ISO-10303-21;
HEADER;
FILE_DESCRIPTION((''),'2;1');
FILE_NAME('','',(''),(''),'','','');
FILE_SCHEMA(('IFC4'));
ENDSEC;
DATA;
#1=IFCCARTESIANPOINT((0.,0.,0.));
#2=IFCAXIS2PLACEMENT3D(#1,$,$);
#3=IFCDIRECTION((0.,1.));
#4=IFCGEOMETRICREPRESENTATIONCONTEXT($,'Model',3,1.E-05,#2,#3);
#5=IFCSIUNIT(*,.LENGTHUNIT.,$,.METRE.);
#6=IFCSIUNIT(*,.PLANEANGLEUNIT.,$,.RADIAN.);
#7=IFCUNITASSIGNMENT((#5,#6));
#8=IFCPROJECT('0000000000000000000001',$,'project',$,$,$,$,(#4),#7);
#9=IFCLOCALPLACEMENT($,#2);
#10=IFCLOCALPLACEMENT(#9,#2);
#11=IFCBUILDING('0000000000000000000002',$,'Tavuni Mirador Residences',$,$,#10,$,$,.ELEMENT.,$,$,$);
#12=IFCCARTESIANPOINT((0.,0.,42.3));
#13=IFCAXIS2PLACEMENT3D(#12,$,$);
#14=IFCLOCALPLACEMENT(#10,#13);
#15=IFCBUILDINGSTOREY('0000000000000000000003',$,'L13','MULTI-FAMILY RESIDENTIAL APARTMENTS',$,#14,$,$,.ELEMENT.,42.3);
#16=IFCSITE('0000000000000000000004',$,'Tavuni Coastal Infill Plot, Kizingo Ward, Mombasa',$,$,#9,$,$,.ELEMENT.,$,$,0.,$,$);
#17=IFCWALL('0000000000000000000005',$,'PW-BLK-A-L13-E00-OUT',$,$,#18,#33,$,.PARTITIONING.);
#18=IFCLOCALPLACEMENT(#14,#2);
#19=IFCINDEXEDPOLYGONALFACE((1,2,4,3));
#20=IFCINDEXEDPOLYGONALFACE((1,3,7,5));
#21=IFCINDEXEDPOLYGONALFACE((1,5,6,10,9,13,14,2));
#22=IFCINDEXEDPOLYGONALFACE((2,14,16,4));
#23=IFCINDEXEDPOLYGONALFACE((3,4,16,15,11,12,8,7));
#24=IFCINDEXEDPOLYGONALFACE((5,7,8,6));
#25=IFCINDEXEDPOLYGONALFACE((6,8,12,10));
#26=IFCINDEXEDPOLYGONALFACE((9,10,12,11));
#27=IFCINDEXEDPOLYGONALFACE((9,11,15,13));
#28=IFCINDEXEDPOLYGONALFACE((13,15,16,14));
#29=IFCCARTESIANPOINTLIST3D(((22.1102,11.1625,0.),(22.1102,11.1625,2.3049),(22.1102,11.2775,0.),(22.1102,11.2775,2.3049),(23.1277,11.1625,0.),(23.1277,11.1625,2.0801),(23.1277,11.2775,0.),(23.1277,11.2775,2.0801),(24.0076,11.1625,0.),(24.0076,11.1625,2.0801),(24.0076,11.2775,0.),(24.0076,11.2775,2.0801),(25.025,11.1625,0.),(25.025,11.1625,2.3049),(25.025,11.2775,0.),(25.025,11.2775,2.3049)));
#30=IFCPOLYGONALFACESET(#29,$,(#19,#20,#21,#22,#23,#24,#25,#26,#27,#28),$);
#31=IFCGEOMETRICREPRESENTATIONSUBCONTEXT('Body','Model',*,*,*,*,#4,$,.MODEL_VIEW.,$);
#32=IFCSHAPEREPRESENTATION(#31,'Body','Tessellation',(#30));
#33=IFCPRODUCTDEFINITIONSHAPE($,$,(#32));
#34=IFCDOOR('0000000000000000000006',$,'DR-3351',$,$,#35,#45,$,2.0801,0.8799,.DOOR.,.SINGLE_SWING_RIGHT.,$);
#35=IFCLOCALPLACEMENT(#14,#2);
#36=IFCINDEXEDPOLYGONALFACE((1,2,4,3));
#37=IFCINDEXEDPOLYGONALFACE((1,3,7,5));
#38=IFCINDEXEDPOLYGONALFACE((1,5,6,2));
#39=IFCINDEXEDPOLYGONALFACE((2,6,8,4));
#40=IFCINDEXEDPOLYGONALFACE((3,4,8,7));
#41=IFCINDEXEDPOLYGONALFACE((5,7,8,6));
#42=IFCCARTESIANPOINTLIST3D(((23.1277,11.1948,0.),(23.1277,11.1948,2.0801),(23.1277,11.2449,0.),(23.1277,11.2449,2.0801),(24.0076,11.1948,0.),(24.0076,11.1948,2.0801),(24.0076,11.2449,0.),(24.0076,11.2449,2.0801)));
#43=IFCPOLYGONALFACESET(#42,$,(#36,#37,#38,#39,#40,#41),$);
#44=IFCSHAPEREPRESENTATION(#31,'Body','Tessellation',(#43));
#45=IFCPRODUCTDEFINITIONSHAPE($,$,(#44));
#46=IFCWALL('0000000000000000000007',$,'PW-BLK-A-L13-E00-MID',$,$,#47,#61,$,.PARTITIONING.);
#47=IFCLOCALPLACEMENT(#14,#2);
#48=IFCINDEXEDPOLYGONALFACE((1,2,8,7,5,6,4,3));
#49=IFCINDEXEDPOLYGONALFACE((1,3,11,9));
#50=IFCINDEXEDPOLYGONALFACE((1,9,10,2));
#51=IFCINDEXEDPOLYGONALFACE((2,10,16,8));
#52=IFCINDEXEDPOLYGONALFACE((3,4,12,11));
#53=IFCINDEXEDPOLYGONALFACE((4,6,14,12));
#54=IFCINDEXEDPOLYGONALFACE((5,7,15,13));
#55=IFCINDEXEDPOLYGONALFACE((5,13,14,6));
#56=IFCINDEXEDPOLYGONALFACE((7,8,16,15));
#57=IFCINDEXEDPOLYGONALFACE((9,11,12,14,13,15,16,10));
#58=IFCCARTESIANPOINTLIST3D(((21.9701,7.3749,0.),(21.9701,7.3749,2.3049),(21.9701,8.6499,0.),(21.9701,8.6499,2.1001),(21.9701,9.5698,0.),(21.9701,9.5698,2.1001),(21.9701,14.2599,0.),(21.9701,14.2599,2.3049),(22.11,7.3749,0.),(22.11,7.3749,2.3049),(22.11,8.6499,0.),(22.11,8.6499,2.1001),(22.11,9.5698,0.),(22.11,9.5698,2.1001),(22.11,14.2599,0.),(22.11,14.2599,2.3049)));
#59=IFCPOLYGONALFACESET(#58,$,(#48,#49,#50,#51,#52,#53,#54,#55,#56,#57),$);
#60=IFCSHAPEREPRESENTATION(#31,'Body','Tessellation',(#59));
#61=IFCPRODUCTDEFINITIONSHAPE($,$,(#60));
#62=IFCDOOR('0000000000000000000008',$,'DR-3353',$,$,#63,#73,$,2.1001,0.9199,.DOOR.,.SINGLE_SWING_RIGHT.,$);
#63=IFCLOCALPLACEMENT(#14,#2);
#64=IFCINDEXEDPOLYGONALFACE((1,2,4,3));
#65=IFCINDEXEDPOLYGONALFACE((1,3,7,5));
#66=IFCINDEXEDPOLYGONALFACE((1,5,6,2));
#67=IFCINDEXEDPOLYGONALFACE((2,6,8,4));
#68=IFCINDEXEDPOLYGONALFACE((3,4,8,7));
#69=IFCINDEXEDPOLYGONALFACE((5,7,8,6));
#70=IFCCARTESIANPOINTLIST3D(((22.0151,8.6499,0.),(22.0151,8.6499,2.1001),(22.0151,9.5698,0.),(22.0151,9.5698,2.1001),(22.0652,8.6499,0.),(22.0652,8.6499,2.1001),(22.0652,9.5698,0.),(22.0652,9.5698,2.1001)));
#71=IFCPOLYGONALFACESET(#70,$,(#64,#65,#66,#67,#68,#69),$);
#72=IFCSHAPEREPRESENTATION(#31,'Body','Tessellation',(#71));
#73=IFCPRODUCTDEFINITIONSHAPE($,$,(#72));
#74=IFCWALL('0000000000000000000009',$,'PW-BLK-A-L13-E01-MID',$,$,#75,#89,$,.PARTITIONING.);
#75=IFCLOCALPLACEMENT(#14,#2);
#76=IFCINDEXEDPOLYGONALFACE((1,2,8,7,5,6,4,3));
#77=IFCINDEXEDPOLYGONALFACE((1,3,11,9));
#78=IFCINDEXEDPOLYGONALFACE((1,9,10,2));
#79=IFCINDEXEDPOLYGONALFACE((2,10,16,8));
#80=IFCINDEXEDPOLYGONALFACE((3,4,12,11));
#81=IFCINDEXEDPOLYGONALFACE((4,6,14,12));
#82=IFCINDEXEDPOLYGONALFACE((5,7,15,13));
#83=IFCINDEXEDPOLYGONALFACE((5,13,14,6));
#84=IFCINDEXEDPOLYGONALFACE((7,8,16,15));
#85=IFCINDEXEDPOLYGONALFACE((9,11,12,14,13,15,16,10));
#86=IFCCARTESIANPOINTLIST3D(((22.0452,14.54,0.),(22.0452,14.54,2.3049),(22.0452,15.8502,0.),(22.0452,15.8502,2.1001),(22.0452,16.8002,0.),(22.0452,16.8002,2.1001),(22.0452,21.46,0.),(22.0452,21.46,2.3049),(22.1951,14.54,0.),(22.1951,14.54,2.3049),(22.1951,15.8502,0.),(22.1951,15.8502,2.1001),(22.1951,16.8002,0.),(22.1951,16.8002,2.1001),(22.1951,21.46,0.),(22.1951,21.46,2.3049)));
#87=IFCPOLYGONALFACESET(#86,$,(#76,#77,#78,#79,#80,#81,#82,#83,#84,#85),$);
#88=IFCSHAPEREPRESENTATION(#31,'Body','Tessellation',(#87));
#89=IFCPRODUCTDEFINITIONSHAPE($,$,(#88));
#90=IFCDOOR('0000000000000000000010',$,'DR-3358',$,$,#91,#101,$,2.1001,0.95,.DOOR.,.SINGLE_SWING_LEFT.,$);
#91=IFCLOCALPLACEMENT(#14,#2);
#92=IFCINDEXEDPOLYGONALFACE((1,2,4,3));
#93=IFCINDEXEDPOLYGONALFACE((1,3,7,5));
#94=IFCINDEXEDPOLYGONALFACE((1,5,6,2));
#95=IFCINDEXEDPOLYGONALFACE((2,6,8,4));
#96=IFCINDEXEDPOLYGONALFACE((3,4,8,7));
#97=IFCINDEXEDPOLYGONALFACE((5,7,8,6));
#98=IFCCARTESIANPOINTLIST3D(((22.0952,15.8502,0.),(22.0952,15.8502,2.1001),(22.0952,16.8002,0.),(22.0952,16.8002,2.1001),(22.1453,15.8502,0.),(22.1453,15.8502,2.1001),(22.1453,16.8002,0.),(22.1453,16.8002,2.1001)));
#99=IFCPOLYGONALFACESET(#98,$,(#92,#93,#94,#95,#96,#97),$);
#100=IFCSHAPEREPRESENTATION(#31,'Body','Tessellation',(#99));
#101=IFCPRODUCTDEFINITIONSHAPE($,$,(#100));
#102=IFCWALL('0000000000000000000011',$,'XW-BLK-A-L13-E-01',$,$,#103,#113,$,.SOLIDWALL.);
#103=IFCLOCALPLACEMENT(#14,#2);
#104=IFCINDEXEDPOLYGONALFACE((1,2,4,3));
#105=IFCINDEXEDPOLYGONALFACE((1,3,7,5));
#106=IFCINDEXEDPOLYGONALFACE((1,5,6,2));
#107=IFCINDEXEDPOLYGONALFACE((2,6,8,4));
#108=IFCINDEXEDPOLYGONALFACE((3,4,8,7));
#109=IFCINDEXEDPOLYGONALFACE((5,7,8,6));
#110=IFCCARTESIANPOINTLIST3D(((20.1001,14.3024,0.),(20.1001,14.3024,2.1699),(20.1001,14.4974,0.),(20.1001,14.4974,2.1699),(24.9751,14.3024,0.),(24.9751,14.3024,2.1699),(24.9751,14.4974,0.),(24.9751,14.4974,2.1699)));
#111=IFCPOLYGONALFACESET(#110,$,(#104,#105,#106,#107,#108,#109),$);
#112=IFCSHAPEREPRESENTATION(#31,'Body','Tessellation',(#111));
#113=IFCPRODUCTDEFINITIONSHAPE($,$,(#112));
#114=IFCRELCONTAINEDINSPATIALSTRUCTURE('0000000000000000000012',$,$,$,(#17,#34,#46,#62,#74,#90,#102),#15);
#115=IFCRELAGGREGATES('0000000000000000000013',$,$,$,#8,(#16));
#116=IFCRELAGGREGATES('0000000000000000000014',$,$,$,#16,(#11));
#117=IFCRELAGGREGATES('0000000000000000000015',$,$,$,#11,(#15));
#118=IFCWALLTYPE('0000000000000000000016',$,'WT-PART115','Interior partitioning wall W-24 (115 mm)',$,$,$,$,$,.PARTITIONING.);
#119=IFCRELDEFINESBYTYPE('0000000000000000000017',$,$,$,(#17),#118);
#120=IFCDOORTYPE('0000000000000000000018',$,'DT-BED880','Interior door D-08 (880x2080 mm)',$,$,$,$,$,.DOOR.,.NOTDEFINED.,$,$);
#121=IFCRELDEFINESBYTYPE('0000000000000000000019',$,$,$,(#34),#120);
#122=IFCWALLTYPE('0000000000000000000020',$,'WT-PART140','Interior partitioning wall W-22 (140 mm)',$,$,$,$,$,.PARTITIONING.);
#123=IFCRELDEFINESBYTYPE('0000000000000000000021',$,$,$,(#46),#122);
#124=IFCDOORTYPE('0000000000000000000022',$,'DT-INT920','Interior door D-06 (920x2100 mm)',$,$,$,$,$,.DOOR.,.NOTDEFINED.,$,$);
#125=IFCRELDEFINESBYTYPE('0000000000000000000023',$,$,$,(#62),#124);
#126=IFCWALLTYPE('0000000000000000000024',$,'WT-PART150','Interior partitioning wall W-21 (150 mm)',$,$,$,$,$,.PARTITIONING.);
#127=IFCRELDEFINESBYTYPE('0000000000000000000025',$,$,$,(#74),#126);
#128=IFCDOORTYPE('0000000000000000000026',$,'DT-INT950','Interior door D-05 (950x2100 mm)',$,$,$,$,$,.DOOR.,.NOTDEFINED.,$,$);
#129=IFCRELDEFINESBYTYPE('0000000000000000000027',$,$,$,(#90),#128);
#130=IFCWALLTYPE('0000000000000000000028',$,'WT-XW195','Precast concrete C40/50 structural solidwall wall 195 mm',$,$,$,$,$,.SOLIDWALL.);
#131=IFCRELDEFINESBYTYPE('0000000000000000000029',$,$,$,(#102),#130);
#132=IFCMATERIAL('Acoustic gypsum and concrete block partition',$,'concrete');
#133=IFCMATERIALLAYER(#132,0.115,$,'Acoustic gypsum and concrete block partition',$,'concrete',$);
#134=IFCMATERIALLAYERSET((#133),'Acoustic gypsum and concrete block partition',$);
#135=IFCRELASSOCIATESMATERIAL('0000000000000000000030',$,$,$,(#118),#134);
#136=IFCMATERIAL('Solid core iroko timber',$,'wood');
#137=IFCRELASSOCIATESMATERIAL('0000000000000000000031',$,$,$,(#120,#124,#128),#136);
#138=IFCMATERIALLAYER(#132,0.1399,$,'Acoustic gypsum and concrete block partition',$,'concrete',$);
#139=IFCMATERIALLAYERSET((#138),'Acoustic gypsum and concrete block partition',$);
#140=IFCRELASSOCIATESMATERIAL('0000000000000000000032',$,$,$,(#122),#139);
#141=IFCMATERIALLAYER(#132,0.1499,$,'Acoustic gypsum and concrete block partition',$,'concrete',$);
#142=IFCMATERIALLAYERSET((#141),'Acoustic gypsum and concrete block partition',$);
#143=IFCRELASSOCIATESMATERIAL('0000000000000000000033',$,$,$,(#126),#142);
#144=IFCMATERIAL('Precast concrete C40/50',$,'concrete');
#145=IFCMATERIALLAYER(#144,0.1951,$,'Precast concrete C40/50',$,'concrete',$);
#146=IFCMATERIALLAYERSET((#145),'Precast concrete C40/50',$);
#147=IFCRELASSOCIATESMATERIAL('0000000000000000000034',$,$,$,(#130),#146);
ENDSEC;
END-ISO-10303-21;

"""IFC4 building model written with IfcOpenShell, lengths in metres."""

from ifc_helpers import new_model, si_unit, direction, frame, frame_2d, origin, place, context, subcontext, project, spatial, rectangle, extrude, material, layer, layer_set, type_object, element, fill, save


model = new_model("IFC4")

# Units and contexts
model_context = context("Model", 3, precision=1e-05, world=origin(), true_north=direction((0.0, 1.0)))
body_context = subcontext(model_context, "Body", "Model", "MODEL_VIEW")
ifc_project = project(units=[si_unit("LENGTHUNIT", "METRE"), si_unit("PLANEANGLEUNIT", "RADIAN")], contexts=[model_context])

# Site, building, storey
site_placement = place(None, origin())
site = spatial("IfcSite", under=ifc_project, at=site_placement, Name="Tavuni Coastal Infill Plot, Kizingo Ward, Mombasa", CompositionType="ELEMENT", RefElevation=0.0)
building_placement = place(site_placement, origin())
building = spatial("IfcBuilding", under=site, at=building_placement, Name="Tavuni Mirador Residences", CompositionType="ELEMENT")
storey_placement = place(building_placement, frame((0.0, 0.0, 42.3)))
storey = spatial("IfcBuildingStorey", under=building, at=storey_placement, Name="L13", Description="MULTI-FAMILY RESIDENTIAL APARTMENTS", CompositionType="ELEMENT", Elevation=42.3)

# Shared definitions
ifc_material_1 = material(Name="Precast concrete C40/50", Category="concrete")

# Shared definitions
ifc_material_2 = material(Name="Solid core iroko timber", Category="wood")

# Walls, openings, doors
ifc_material_3 = material(Name="Acoustic gypsum and concrete block partition", Category="concrete")
ifc_layer_1 = layer(ifc_material_3, 0.115, Name="Acoustic gypsum and concrete block partition", Category="concrete")
ifc_layer_set_1 = layer_set([ifc_layer_1], Name="Acoustic gypsum and concrete block partition")
wall_type_1 = type_object("IfcWallType", Name="WT-PART115", Description="Interior partitioning wall W-24 (115 mm)", PredefinedType="PARTITIONING", material=ifc_layer_set_1)
wall_1_placement = place(storey_placement, frame((22.1101, 11.22, 0.0), z_axis=(0.0, 0.0, 1.0), x_axis=(1.0, 0.0, 0.0)))
wall_1 = element("IfcWall", 1, at=wall_1_placement, inside=storey, type_object=wall_type_1, Name="PW-BLK-A-L13-E00-OUT", PredefinedType="PARTITIONING", context=body_context, shape_type="SweptSolid", body=[
    extrude(rectangle(XDim=2.9148, YDim=0.115, at=frame_2d((1.4575, 0.0))), origin(), (0.0, 0.0, 1.0), 2.3049),
])
opening_1_placement = place(wall_1_placement, frame((1.0176, 0.0, 0.0)))
opening_1 = element("IfcOpeningElement", 2, at=opening_1_placement, cuts=wall_1, PredefinedType="OPENING", context=body_context, shape_type="SweptSolid", body=[
    extrude(rectangle(XDim=0.8799, YDim=2.0801, at=frame_2d((0.4399, 1.04))), frame((0.0, 0.0674, 0.0), z_axis=(0.0, -1.0, 0.0), x_axis=(1.0, 0.0, 0.0)), (0.0, 0.0, 1.0), 0.135),
])
door_type_1 = type_object("IfcDoorType", Name="DT-BED880", Description="Interior door D-08 (880x2080 mm)", OperationType="NOTDEFINED", PredefinedType="DOOR", material=ifc_material_2)
door_1_placement = place(opening_1_placement, origin())
door_1 = element("IfcDoor", 3, at=door_1_placement, inside=storey, type_object=door_type_1, Name="DR-3351", OperationType="SINGLE_SWING_RIGHT", OverallHeight=2.0801, OverallWidth=0.8799, PredefinedType="DOOR", context=body_context, shape_type="SweptSolid", body=[
    extrude(rectangle(XDim=0.8799, YDim=2.0801, at=frame_2d((0.4399, 1.04))), frame((0.0, 0.0249, 0.0), z_axis=(0.0, -1.0, 0.0), x_axis=(1.0, 0.0, 0.0)), (0.0, 0.0, 1.0), 0.05),
])
fill(opening_1, door_1)
ifc_layer_2 = layer(ifc_material_3, 0.1399, Name="Acoustic gypsum and concrete block partition", Category="concrete")
ifc_layer_set_2 = layer_set([ifc_layer_2], Name="Acoustic gypsum and concrete block partition")
wall_type_2 = type_object("IfcWallType", Name="WT-PART140", Description="Interior partitioning wall W-22 (140 mm)", PredefinedType="PARTITIONING", material=ifc_layer_set_2)
wall_2_placement = place(storey_placement, frame((22.04, 7.375, 0.0), z_axis=(0.0, 0.0, 1.0), x_axis=(0.0, 1.0, 0.0)))
wall_2 = element("IfcWall", 4, at=wall_2_placement, inside=storey, type_object=wall_type_2, Name="PW-BLK-A-L13-E00-MID", PredefinedType="PARTITIONING", context=body_context, shape_type="SweptSolid", body=[
    extrude(rectangle(XDim=6.885, YDim=0.1399, at=frame_2d((3.4424, 0.0))), origin(), (0.0, 0.0, 1.0), 2.3049),
])
opening_2_placement = place(wall_2_placement, frame((1.2749, 0.0, 0.0)))
opening_2 = element("IfcOpeningElement", 5, at=opening_2_placement, cuts=wall_2, PredefinedType="OPENING", context=body_context, shape_type="SweptSolid", body=[
    extrude(rectangle(XDim=0.9199, YDim=2.1001, at=frame_2d((0.46, 1.05))), frame((0.0, 0.0801, 0.0), z_axis=(0.0, -1.0, 0.0), x_axis=(1.0, 0.0, 0.0)), (0.0, 0.0, 1.0), 0.1599),
])
door_type_2 = type_object("IfcDoorType", Name="DT-INT920", Description="Interior door D-06 (920x2100 mm)", OperationType="NOTDEFINED", PredefinedType="DOOR", material=ifc_material_2)
door_2_placement = place(opening_2_placement, origin())
door_2 = element("IfcDoor", 6, at=door_2_placement, inside=storey, type_object=door_type_2, Name="DR-3353", OperationType="SINGLE_SWING_RIGHT", OverallHeight=2.1001, OverallWidth=0.9199, PredefinedType="DOOR", context=body_context, shape_type="SweptSolid", body=[
    extrude(rectangle(XDim=0.9199, YDim=2.1001, at=frame_2d((0.46, 1.05))), frame((0.0, 0.0249, 0.0), z_axis=(0.0, -1.0, 0.0), x_axis=(1.0, 0.0, 0.0)), (0.0, 0.0, 1.0), 0.05),
])
fill(opening_2, door_2)
ifc_layer_3 = layer(ifc_material_3, 0.1499, Name="Acoustic gypsum and concrete block partition", Category="concrete")
ifc_layer_set_3 = layer_set([ifc_layer_3], Name="Acoustic gypsum and concrete block partition")
wall_type_3 = type_object("IfcWallType", Name="WT-PART150", Description="Interior partitioning wall W-21 (150 mm)", PredefinedType="PARTITIONING", material=ifc_layer_set_3)
wall_3_placement = place(storey_placement, frame((22.1201, 14.54, 0.0), z_axis=(0.0, 0.0, 1.0), x_axis=(0.0, 1.0, 0.0)))
wall_3 = element("IfcWall", 7, at=wall_3_placement, inside=storey, type_object=wall_type_3, Name="PW-BLK-A-L13-E01-MID", PredefinedType="PARTITIONING", context=body_context, shape_type="SweptSolid", body=[
    extrude(rectangle(XDim=6.9199, YDim=0.1499, at=frame_2d((3.46, 0.0))), origin(), (0.0, 0.0, 1.0), 2.3049),
])
opening_3_placement = place(wall_3_placement, frame((1.3101, 0.0, 0.0)))
opening_3 = element("IfcOpeningElement", 8, at=opening_3_placement, cuts=wall_3, PredefinedType="OPENING", context=body_context, shape_type="SweptSolid", body=[
    extrude(rectangle(XDim=0.95, YDim=2.1001, at=frame_2d((0.4751, 1.05))), frame((0.0, 0.085, 0.0), z_axis=(0.0, -1.0, 0.0), x_axis=(1.0, 0.0, 0.0)), (0.0, 0.0, 1.0), 0.1699),
])
door_type_3 = type_object("IfcDoorType", Name="DT-INT950", Description="Interior door D-05 (950x2100 mm)", OperationType="NOTDEFINED", PredefinedType="DOOR", material=ifc_material_2)
door_3_placement = place(opening_3_placement, origin())
door_3 = element("IfcDoor", 9, at=door_3_placement, inside=storey, type_object=door_type_3, Name="DR-3358", OperationType="SINGLE_SWING_LEFT", OverallHeight=2.1001, OverallWidth=0.95, PredefinedType="DOOR", context=body_context, shape_type="SweptSolid", body=[
    extrude(rectangle(XDim=0.95, YDim=2.1001, at=frame_2d((0.4751, 1.05))), frame((0.0, 0.0249, 0.0), z_axis=(0.0, -1.0, 0.0), x_axis=(1.0, 0.0, 0.0)), (0.0, 0.0, 1.0), 0.05),
])
fill(opening_3, door_3)

# Wall
ifc_layer_4 = layer(ifc_material_1, 0.1951, Name="Precast concrete C40/50", Category="concrete")
ifc_layer_set_4 = layer_set([ifc_layer_4], Name="Precast concrete C40/50")
wall_type_4 = type_object("IfcWallType", Name="WT-XW195", Description="Precast concrete C40/50 structural solidwall wall 195 mm", PredefinedType="SOLIDWALL", material=ifc_layer_set_4)
wall_4_placement = place(storey_placement, frame((20.1001, 14.3999, 0.0), z_axis=(0.0, 0.0, 1.0), x_axis=(1.0, 0.0, 0.0)))
element("IfcWall", 10, at=wall_4_placement, inside=storey, type_object=wall_type_4, Name="XW-BLK-A-L13-E-01", PredefinedType="SOLIDWALL", context=body_context, shape_type="SweptSolid", body=[
    extrude(rectangle(XDim=4.875, YDim=0.1951, at=frame_2d((2.4375, 0.0))), origin(), (0.0, 0.0, 1.0), 2.1699),
])

save(model, "model.ifc")
